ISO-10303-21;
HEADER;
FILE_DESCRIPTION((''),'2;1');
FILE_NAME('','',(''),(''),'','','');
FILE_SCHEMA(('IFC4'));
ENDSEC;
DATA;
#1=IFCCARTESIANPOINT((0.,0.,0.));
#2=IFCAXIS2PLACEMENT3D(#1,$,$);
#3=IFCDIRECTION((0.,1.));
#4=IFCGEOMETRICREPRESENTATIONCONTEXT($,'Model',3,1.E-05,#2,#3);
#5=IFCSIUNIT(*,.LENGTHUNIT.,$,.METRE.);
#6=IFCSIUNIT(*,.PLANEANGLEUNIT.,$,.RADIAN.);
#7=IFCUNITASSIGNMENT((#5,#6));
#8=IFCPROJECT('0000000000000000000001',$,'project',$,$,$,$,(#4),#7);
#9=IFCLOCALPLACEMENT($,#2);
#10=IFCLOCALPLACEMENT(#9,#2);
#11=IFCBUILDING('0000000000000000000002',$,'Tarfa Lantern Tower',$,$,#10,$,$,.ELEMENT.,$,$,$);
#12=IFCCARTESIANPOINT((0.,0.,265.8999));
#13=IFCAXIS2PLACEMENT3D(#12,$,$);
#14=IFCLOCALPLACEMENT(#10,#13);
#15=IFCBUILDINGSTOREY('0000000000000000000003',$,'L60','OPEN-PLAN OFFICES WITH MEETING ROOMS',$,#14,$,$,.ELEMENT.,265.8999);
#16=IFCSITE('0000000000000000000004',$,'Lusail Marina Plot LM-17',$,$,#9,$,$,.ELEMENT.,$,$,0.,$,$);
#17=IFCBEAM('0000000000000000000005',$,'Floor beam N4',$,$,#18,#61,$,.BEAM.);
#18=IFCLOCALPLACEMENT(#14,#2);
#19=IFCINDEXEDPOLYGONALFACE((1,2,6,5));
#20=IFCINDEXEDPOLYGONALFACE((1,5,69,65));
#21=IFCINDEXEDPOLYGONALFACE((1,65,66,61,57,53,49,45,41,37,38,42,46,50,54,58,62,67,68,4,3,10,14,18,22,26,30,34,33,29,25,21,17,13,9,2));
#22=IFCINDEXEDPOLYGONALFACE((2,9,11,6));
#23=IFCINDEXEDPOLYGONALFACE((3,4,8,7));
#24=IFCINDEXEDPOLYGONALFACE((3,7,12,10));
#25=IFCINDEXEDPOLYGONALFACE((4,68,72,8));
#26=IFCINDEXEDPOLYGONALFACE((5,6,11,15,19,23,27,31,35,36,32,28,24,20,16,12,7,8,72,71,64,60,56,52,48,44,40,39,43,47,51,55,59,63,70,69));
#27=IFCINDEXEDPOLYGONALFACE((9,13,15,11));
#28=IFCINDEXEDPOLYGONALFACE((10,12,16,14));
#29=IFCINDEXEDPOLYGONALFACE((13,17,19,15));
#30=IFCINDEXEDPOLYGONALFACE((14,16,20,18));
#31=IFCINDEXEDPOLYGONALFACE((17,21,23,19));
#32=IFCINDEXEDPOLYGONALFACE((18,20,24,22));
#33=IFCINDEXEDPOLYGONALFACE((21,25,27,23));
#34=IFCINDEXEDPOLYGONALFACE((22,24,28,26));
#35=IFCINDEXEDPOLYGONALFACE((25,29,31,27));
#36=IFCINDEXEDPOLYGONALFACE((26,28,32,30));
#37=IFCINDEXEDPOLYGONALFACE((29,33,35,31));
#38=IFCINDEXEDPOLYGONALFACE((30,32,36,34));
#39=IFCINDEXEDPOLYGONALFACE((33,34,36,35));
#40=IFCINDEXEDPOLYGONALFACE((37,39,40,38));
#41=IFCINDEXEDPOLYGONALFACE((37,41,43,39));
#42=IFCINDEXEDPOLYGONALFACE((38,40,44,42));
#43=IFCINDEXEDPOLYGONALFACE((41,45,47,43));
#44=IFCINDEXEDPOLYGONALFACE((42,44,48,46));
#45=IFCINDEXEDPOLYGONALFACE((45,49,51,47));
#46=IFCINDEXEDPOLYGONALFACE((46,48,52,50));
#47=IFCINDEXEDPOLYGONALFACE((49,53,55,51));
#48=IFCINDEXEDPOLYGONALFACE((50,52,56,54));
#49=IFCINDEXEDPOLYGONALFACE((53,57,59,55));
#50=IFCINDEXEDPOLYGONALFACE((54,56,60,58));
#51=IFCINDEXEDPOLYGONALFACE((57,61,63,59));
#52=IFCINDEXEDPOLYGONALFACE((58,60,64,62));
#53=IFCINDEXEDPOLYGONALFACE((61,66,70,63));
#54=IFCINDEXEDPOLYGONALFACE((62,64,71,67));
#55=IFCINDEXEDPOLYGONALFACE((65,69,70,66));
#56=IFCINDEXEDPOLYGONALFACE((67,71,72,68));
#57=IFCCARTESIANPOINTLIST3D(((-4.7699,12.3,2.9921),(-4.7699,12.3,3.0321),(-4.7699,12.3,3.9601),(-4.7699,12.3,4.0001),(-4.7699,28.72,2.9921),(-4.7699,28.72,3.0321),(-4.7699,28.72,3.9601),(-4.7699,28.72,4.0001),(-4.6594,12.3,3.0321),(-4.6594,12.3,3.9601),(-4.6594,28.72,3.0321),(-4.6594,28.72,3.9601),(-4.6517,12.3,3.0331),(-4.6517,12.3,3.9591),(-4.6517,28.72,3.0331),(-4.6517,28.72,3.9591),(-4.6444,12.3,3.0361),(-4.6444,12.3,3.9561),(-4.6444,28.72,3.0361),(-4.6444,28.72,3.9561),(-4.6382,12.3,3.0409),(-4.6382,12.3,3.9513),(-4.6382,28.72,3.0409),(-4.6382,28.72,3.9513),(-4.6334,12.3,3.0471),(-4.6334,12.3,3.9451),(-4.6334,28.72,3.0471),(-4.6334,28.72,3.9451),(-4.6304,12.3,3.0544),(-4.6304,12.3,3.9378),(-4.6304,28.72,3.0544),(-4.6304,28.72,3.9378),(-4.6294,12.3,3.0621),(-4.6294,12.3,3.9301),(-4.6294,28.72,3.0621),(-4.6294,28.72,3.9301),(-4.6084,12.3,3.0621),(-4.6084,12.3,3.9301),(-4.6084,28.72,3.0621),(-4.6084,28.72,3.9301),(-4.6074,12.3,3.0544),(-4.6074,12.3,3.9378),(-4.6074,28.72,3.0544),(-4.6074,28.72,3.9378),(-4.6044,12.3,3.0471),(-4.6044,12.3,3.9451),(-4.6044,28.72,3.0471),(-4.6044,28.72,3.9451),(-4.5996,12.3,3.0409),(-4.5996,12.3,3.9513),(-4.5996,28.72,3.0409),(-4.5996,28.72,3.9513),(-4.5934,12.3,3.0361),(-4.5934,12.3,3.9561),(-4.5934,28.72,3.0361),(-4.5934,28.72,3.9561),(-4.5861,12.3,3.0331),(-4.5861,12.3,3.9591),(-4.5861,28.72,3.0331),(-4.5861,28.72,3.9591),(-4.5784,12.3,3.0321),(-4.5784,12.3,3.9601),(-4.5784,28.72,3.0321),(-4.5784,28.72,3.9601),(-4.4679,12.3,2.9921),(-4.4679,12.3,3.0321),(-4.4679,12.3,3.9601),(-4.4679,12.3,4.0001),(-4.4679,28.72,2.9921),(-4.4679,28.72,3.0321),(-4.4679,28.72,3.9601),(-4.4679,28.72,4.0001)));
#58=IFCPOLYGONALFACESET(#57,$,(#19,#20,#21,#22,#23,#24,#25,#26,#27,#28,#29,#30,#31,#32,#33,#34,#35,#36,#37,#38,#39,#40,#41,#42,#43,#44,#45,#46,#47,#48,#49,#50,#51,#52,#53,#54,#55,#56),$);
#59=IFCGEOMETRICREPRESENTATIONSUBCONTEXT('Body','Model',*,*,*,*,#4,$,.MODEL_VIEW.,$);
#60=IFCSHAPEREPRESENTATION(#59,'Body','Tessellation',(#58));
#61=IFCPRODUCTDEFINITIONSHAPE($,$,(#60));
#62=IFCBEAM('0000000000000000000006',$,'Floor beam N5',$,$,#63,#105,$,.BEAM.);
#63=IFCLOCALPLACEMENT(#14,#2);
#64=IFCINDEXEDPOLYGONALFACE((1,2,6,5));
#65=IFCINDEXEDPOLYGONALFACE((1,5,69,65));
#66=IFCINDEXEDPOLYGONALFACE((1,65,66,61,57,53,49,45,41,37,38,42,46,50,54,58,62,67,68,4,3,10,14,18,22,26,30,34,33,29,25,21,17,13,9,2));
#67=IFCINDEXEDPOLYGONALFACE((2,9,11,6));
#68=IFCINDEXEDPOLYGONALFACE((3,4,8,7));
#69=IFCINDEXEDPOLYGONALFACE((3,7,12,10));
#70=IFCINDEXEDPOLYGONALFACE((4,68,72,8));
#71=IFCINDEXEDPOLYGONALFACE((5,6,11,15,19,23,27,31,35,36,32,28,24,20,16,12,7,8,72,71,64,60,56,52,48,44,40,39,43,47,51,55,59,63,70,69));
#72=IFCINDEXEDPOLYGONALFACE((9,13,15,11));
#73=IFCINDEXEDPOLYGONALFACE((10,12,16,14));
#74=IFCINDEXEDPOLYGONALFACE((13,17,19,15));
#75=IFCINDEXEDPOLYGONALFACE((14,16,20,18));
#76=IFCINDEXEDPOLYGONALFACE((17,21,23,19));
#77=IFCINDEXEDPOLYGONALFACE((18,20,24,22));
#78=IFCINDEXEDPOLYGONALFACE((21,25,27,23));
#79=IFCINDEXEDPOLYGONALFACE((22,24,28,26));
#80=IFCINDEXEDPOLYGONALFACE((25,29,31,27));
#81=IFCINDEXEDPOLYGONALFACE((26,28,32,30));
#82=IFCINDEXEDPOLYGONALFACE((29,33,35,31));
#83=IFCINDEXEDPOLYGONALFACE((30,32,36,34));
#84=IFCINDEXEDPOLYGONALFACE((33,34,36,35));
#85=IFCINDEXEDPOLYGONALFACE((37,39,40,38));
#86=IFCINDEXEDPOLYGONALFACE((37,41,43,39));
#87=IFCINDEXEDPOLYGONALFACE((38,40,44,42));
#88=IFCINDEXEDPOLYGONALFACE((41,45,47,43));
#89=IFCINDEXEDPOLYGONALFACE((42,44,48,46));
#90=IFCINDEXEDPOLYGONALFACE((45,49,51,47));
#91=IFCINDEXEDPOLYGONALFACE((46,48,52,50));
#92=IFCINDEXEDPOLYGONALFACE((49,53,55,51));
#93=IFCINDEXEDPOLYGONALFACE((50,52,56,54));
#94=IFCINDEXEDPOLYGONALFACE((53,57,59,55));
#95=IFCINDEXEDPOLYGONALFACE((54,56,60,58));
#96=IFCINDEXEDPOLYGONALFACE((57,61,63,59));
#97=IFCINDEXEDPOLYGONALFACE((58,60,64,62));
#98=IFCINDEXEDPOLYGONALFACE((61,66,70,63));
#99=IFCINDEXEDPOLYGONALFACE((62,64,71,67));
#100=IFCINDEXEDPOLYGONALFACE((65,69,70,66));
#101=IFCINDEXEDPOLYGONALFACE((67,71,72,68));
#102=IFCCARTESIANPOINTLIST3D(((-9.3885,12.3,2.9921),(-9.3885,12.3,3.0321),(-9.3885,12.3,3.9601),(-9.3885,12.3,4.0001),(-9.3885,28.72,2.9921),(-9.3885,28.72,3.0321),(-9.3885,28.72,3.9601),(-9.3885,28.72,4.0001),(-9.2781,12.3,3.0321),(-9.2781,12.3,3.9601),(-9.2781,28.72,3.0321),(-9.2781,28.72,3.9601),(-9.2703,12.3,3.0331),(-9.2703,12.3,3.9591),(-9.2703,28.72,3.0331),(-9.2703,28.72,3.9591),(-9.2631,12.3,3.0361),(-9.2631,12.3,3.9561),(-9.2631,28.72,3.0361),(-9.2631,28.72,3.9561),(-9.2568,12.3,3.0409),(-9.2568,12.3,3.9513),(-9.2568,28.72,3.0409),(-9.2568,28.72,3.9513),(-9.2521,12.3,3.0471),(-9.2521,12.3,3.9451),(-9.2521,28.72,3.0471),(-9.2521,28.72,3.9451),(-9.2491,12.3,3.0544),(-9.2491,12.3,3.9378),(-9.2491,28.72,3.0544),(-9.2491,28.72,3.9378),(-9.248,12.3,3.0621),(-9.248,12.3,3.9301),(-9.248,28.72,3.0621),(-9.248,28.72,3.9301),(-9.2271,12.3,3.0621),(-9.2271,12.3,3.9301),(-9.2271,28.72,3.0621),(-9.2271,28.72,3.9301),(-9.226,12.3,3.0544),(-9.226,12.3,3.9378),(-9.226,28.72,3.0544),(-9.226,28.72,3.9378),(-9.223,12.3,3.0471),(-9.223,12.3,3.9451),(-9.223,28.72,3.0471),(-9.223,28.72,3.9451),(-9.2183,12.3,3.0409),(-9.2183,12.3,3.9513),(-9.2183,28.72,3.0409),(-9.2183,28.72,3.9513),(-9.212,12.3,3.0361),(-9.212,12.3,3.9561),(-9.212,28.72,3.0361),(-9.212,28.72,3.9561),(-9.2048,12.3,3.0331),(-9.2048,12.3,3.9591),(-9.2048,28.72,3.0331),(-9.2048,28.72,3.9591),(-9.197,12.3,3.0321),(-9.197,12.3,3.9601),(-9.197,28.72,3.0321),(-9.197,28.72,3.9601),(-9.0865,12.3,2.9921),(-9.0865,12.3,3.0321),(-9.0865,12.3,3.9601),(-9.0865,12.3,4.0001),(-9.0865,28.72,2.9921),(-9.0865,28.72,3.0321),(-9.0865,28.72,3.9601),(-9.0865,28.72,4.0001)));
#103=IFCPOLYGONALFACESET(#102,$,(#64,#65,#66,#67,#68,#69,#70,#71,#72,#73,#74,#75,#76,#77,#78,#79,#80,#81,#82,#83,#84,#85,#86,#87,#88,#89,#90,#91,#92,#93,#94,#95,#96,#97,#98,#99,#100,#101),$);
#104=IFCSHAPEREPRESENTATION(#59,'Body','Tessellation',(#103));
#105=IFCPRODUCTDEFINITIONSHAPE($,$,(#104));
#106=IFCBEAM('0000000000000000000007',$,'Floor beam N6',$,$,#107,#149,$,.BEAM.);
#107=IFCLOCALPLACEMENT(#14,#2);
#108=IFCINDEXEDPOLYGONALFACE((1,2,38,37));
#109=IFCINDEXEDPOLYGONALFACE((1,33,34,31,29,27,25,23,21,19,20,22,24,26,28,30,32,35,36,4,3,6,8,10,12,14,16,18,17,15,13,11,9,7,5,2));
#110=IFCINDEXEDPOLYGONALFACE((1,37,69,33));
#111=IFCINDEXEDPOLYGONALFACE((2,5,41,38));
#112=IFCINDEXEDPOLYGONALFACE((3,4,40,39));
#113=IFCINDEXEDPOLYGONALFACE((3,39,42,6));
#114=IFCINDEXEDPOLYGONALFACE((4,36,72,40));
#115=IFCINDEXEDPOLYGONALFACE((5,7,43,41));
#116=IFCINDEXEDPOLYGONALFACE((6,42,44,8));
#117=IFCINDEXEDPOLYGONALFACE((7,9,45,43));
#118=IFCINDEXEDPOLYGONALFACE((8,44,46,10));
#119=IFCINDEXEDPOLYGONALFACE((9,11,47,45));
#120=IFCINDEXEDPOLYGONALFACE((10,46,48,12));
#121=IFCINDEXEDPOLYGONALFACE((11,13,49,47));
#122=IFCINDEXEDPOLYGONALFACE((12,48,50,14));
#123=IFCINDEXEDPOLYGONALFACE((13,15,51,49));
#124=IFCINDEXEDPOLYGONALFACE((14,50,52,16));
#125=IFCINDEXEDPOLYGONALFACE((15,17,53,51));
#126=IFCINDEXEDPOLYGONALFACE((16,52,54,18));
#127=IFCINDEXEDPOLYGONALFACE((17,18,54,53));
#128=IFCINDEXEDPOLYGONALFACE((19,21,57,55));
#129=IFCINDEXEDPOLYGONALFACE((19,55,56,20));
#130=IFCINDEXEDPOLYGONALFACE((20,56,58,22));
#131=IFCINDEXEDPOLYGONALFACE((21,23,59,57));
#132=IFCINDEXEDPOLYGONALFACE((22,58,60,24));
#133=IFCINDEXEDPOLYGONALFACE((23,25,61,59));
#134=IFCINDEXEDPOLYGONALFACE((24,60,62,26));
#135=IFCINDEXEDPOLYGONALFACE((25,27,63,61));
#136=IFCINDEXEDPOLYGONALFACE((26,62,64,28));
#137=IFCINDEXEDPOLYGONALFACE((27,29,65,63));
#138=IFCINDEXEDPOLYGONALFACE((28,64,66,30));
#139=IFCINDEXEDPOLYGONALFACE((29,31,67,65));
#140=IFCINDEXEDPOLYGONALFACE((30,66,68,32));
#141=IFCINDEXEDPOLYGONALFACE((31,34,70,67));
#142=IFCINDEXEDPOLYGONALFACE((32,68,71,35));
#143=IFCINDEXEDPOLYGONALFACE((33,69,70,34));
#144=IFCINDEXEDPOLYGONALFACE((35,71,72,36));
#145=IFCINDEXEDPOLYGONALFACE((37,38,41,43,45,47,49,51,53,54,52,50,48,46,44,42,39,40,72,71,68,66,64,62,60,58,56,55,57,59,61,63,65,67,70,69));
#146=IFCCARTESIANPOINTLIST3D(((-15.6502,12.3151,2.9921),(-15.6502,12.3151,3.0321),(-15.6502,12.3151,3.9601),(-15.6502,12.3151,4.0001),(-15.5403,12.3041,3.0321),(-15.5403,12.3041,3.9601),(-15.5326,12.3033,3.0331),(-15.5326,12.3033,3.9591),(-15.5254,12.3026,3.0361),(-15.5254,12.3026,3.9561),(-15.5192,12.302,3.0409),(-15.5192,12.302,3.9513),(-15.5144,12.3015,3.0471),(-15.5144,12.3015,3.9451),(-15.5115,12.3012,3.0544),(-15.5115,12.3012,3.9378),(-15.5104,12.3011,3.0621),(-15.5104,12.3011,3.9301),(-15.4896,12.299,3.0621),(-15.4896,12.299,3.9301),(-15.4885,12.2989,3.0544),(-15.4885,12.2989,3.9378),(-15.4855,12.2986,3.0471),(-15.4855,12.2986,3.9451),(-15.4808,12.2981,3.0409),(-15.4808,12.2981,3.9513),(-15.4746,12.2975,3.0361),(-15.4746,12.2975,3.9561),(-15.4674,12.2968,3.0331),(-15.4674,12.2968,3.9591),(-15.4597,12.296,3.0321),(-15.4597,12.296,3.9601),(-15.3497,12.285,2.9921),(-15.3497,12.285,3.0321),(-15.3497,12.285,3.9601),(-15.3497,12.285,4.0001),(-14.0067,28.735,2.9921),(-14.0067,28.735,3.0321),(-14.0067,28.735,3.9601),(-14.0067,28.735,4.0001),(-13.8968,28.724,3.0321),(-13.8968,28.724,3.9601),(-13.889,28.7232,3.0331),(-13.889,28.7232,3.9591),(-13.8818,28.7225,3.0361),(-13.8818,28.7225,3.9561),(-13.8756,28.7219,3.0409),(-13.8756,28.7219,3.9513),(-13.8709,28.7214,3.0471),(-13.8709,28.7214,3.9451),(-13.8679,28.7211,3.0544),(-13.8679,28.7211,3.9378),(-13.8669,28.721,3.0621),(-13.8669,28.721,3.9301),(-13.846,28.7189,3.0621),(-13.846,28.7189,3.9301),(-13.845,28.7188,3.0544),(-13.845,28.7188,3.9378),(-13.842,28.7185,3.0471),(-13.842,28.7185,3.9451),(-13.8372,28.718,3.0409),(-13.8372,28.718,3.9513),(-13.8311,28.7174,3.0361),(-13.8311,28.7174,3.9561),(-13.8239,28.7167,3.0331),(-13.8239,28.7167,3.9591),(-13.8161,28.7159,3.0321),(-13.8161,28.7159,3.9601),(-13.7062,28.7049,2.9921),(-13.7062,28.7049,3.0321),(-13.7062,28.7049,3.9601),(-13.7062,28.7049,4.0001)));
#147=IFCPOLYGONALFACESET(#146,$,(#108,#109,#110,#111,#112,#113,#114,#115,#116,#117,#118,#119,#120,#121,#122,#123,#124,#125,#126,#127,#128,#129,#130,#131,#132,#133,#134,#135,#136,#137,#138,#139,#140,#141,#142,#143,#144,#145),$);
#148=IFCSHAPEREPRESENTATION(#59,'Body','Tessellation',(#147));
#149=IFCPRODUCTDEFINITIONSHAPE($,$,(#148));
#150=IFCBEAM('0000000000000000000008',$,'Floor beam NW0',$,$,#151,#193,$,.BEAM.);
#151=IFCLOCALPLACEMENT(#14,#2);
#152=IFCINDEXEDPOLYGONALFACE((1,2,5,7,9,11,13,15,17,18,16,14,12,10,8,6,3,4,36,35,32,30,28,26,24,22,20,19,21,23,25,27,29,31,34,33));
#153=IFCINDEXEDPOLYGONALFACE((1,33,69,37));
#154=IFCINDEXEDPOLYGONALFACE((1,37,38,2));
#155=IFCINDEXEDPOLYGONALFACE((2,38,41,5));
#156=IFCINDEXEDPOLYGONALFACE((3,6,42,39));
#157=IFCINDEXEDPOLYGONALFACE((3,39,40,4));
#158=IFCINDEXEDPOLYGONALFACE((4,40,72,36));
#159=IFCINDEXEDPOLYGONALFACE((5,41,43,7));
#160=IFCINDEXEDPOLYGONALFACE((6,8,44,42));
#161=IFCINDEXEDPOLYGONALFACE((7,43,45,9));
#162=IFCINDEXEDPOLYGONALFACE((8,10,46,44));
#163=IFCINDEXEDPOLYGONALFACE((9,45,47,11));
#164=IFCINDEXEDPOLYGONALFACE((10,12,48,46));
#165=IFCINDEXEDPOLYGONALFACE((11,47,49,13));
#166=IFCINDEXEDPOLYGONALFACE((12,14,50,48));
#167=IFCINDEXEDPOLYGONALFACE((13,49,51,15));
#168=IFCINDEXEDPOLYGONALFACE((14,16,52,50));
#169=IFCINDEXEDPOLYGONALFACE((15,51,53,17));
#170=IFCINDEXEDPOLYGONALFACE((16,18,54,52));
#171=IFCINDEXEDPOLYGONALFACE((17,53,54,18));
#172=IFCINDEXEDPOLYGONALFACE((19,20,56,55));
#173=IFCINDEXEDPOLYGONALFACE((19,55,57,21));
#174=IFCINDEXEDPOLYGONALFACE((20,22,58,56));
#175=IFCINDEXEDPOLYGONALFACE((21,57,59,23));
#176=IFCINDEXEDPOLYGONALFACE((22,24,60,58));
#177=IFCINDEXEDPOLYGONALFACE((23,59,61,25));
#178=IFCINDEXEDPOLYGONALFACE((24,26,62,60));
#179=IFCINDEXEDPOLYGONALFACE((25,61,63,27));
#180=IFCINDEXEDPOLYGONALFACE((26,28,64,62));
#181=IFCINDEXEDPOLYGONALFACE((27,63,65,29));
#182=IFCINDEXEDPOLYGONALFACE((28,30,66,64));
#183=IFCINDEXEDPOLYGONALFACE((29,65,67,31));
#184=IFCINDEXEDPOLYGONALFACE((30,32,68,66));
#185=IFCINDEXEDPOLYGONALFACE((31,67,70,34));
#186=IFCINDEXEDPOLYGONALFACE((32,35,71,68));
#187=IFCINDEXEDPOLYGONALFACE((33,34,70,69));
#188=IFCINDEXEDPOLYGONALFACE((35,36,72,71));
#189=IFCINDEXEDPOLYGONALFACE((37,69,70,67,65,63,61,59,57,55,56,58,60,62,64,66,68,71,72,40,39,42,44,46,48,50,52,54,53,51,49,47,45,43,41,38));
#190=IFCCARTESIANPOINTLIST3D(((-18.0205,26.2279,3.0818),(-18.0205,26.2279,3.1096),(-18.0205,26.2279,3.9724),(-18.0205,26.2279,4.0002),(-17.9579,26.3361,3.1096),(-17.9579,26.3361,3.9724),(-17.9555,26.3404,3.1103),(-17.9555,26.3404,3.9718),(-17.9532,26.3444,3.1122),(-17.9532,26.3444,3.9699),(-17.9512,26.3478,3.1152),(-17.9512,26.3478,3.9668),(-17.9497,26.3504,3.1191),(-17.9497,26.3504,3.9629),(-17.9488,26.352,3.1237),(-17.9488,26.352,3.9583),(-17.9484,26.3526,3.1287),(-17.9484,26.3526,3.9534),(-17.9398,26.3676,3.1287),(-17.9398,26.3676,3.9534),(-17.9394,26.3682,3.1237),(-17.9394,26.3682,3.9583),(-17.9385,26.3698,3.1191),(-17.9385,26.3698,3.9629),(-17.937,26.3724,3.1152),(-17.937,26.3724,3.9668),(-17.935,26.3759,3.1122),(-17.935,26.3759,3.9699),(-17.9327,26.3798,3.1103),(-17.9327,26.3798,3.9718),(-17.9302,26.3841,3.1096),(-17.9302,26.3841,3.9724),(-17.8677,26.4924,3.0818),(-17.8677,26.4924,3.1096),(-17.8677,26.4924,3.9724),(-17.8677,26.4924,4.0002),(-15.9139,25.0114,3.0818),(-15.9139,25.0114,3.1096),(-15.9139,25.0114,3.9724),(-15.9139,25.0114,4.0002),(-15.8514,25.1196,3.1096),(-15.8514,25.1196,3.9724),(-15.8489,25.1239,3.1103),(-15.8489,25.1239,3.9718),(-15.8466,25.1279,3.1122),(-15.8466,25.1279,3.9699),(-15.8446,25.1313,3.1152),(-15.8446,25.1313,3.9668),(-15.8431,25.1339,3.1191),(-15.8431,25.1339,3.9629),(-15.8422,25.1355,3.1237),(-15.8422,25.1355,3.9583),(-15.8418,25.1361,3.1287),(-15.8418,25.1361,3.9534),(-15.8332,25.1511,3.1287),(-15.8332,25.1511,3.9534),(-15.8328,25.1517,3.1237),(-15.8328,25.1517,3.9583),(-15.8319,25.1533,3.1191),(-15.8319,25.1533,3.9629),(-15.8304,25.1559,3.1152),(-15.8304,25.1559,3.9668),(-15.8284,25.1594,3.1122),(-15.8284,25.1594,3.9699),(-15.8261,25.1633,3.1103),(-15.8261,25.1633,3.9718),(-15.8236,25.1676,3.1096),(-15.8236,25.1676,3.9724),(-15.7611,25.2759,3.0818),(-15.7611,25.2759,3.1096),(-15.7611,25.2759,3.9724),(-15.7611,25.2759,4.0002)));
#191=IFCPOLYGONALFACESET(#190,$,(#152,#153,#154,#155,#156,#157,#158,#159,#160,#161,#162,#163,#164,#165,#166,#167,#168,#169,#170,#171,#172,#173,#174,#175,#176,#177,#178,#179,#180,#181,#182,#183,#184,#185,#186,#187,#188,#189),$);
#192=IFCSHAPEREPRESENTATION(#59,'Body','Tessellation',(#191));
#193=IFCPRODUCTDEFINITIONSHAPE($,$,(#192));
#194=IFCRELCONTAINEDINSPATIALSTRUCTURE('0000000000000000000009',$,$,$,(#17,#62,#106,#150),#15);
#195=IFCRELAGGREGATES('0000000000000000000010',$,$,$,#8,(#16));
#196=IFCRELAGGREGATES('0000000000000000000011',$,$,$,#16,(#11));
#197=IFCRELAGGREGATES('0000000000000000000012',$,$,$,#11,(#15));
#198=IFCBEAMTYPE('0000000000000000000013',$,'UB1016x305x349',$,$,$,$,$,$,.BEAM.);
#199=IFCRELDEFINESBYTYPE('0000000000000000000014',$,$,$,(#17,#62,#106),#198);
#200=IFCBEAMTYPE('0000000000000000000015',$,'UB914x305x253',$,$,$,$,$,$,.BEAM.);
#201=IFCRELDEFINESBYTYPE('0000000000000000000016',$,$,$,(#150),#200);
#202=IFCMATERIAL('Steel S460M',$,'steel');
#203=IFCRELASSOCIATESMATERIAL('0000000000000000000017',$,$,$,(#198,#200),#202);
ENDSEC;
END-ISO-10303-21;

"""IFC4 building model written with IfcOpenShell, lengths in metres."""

from ifc_helpers import new_model, si_unit, direction, frame, origin, origin_2d, place, context, subcontext, project, spatial, i_section, extrude, material, material_profile, profile_set, type_object, element, save


model = new_model("IFC4")

# Units and contexts
model_context = context("Model", 3, precision=1e-05, world=origin(), true_north=direction((0.0, 1.0)))
body_context = subcontext(model_context, "Body", "Model", "MODEL_VIEW")
ifc_project = project(units=[si_unit("LENGTHUNIT", "METRE"), si_unit("PLANEANGLEUNIT", "RADIAN")], contexts=[model_context])

# Site, building, storey
site_placement = place(None, origin())
site = spatial("IfcSite", under=ifc_project, at=site_placement, Name="Lusail Marina Plot LM-17", CompositionType="ELEMENT", RefElevation=0.0)
building_placement = place(site_placement, origin())
building = spatial("IfcBuilding", under=site, at=building_placement, Name="Tarfa Lantern Tower", CompositionType="ELEMENT")
storey_placement = place(building_placement, frame((0.0, 0.0, 265.8999)))
storey = spatial("IfcBuildingStorey", under=building, at=storey_placement, Name="L60", Description="OPEN-PLAN OFFICES WITH MEETING ROOMS", CompositionType="ELEMENT", Elevation=265.8999)

# Beams
ifc_material_1 = material(Name="Steel S460M", Category="steel")
ifc_material_profile_1 = material_profile(ifc_material_1, i_section(OverallWidth=0.302, OverallDepth=1.0081, WebThickness=0.021, FlangeThickness=0.04, FilletRadius=0.03, at=origin_2d()), Name="UB1016x305x349")
ifc_profile_set_1 = profile_set([ifc_material_profile_1], Name="Steel S460M")
beam_type_1 = type_object("IfcBeamType", Name="UB1016x305x349", PredefinedType="BEAM", material=ifc_profile_set_1)
for number, where, z_axis, x_axis, name in (
    (1, (-4.6189, 28.72, 3.4961), (0.0, -1.0, 0.0), (1.0, 0.0, 0.0), "Floor beam N4"),
    (2, (-9.2375, 28.72, 3.4961), (0.0, -1.0, 0.0), (1.0, 0.0, 0.0), "Floor beam N5"),
):
    element("IfcBeam", number, at=place(storey_placement, frame(where, z_axis=z_axis, x_axis=x_axis)), inside=storey, type_object=beam_type_1, Name=name, PredefinedType="BEAM", context=body_context, shape_type="SweptSolid", body=[
        extrude(i_section(OverallWidth=0.302, OverallDepth=1.0081, WebThickness=0.021, FlangeThickness=0.04, FilletRadius=0.03, at=origin_2d()), origin(), (0.0, 0.0, 1.0), 16.4199),
    ])
beam_1_placement = place(storey_placement, frame((-13.8564, 28.72, 3.4961), z_axis=(-0.099597, -0.995028, 0.0), x_axis=(0.995028, -0.099597, 0.0)))
element("IfcBeam", 3, at=beam_1_placement, inside=storey, type_object=beam_type_1, Name="Floor beam N6", PredefinedType="BEAM", context=body_context, shape_type="SweptSolid", body=[
    extrude(i_section(OverallWidth=0.302, OverallDepth=1.0081, WebThickness=0.021, FlangeThickness=0.04, FilletRadius=0.03, at=origin_2d()), origin(), (0.0, 0.0, 1.0), 16.502),
])
ifc_material_profile_2 = material_profile(ifc_material_1, i_section(OverallWidth=0.3054, OverallDepth=0.9185, WebThickness=0.0173, FlangeThickness=0.0278, FilletRadius=0.019, at=origin_2d()), Name="UB914x305x253")
ifc_profile_set_2 = profile_set([ifc_material_profile_2], Name="Steel S460M")
beam_type_2 = type_object("IfcBeamType", Name="UB914x305x253", PredefinedType="BEAM", material=ifc_profile_set_2)
beam_2_placement = place(storey_placement, frame((-17.9441, 26.3601, 3.541), z_axis=(0.86598, -0.500079, 0.0), x_axis=(0.500079, 0.86598, 0.0)))
element("IfcBeam", 4, at=beam_2_placement, inside=storey, type_object=beam_type_2, Name="Floor beam NW0", PredefinedType="BEAM", context=body_context, shape_type="SweptSolid", body=[
    extrude(i_section(OverallWidth=0.3054, OverallDepth=0.9185, WebThickness=0.0173, FlangeThickness=0.0278, FilletRadius=0.019, at=origin_2d()), origin(), (0.0, 0.0, 1.0), 2.4326),
])

save(model, "model.ifc")
